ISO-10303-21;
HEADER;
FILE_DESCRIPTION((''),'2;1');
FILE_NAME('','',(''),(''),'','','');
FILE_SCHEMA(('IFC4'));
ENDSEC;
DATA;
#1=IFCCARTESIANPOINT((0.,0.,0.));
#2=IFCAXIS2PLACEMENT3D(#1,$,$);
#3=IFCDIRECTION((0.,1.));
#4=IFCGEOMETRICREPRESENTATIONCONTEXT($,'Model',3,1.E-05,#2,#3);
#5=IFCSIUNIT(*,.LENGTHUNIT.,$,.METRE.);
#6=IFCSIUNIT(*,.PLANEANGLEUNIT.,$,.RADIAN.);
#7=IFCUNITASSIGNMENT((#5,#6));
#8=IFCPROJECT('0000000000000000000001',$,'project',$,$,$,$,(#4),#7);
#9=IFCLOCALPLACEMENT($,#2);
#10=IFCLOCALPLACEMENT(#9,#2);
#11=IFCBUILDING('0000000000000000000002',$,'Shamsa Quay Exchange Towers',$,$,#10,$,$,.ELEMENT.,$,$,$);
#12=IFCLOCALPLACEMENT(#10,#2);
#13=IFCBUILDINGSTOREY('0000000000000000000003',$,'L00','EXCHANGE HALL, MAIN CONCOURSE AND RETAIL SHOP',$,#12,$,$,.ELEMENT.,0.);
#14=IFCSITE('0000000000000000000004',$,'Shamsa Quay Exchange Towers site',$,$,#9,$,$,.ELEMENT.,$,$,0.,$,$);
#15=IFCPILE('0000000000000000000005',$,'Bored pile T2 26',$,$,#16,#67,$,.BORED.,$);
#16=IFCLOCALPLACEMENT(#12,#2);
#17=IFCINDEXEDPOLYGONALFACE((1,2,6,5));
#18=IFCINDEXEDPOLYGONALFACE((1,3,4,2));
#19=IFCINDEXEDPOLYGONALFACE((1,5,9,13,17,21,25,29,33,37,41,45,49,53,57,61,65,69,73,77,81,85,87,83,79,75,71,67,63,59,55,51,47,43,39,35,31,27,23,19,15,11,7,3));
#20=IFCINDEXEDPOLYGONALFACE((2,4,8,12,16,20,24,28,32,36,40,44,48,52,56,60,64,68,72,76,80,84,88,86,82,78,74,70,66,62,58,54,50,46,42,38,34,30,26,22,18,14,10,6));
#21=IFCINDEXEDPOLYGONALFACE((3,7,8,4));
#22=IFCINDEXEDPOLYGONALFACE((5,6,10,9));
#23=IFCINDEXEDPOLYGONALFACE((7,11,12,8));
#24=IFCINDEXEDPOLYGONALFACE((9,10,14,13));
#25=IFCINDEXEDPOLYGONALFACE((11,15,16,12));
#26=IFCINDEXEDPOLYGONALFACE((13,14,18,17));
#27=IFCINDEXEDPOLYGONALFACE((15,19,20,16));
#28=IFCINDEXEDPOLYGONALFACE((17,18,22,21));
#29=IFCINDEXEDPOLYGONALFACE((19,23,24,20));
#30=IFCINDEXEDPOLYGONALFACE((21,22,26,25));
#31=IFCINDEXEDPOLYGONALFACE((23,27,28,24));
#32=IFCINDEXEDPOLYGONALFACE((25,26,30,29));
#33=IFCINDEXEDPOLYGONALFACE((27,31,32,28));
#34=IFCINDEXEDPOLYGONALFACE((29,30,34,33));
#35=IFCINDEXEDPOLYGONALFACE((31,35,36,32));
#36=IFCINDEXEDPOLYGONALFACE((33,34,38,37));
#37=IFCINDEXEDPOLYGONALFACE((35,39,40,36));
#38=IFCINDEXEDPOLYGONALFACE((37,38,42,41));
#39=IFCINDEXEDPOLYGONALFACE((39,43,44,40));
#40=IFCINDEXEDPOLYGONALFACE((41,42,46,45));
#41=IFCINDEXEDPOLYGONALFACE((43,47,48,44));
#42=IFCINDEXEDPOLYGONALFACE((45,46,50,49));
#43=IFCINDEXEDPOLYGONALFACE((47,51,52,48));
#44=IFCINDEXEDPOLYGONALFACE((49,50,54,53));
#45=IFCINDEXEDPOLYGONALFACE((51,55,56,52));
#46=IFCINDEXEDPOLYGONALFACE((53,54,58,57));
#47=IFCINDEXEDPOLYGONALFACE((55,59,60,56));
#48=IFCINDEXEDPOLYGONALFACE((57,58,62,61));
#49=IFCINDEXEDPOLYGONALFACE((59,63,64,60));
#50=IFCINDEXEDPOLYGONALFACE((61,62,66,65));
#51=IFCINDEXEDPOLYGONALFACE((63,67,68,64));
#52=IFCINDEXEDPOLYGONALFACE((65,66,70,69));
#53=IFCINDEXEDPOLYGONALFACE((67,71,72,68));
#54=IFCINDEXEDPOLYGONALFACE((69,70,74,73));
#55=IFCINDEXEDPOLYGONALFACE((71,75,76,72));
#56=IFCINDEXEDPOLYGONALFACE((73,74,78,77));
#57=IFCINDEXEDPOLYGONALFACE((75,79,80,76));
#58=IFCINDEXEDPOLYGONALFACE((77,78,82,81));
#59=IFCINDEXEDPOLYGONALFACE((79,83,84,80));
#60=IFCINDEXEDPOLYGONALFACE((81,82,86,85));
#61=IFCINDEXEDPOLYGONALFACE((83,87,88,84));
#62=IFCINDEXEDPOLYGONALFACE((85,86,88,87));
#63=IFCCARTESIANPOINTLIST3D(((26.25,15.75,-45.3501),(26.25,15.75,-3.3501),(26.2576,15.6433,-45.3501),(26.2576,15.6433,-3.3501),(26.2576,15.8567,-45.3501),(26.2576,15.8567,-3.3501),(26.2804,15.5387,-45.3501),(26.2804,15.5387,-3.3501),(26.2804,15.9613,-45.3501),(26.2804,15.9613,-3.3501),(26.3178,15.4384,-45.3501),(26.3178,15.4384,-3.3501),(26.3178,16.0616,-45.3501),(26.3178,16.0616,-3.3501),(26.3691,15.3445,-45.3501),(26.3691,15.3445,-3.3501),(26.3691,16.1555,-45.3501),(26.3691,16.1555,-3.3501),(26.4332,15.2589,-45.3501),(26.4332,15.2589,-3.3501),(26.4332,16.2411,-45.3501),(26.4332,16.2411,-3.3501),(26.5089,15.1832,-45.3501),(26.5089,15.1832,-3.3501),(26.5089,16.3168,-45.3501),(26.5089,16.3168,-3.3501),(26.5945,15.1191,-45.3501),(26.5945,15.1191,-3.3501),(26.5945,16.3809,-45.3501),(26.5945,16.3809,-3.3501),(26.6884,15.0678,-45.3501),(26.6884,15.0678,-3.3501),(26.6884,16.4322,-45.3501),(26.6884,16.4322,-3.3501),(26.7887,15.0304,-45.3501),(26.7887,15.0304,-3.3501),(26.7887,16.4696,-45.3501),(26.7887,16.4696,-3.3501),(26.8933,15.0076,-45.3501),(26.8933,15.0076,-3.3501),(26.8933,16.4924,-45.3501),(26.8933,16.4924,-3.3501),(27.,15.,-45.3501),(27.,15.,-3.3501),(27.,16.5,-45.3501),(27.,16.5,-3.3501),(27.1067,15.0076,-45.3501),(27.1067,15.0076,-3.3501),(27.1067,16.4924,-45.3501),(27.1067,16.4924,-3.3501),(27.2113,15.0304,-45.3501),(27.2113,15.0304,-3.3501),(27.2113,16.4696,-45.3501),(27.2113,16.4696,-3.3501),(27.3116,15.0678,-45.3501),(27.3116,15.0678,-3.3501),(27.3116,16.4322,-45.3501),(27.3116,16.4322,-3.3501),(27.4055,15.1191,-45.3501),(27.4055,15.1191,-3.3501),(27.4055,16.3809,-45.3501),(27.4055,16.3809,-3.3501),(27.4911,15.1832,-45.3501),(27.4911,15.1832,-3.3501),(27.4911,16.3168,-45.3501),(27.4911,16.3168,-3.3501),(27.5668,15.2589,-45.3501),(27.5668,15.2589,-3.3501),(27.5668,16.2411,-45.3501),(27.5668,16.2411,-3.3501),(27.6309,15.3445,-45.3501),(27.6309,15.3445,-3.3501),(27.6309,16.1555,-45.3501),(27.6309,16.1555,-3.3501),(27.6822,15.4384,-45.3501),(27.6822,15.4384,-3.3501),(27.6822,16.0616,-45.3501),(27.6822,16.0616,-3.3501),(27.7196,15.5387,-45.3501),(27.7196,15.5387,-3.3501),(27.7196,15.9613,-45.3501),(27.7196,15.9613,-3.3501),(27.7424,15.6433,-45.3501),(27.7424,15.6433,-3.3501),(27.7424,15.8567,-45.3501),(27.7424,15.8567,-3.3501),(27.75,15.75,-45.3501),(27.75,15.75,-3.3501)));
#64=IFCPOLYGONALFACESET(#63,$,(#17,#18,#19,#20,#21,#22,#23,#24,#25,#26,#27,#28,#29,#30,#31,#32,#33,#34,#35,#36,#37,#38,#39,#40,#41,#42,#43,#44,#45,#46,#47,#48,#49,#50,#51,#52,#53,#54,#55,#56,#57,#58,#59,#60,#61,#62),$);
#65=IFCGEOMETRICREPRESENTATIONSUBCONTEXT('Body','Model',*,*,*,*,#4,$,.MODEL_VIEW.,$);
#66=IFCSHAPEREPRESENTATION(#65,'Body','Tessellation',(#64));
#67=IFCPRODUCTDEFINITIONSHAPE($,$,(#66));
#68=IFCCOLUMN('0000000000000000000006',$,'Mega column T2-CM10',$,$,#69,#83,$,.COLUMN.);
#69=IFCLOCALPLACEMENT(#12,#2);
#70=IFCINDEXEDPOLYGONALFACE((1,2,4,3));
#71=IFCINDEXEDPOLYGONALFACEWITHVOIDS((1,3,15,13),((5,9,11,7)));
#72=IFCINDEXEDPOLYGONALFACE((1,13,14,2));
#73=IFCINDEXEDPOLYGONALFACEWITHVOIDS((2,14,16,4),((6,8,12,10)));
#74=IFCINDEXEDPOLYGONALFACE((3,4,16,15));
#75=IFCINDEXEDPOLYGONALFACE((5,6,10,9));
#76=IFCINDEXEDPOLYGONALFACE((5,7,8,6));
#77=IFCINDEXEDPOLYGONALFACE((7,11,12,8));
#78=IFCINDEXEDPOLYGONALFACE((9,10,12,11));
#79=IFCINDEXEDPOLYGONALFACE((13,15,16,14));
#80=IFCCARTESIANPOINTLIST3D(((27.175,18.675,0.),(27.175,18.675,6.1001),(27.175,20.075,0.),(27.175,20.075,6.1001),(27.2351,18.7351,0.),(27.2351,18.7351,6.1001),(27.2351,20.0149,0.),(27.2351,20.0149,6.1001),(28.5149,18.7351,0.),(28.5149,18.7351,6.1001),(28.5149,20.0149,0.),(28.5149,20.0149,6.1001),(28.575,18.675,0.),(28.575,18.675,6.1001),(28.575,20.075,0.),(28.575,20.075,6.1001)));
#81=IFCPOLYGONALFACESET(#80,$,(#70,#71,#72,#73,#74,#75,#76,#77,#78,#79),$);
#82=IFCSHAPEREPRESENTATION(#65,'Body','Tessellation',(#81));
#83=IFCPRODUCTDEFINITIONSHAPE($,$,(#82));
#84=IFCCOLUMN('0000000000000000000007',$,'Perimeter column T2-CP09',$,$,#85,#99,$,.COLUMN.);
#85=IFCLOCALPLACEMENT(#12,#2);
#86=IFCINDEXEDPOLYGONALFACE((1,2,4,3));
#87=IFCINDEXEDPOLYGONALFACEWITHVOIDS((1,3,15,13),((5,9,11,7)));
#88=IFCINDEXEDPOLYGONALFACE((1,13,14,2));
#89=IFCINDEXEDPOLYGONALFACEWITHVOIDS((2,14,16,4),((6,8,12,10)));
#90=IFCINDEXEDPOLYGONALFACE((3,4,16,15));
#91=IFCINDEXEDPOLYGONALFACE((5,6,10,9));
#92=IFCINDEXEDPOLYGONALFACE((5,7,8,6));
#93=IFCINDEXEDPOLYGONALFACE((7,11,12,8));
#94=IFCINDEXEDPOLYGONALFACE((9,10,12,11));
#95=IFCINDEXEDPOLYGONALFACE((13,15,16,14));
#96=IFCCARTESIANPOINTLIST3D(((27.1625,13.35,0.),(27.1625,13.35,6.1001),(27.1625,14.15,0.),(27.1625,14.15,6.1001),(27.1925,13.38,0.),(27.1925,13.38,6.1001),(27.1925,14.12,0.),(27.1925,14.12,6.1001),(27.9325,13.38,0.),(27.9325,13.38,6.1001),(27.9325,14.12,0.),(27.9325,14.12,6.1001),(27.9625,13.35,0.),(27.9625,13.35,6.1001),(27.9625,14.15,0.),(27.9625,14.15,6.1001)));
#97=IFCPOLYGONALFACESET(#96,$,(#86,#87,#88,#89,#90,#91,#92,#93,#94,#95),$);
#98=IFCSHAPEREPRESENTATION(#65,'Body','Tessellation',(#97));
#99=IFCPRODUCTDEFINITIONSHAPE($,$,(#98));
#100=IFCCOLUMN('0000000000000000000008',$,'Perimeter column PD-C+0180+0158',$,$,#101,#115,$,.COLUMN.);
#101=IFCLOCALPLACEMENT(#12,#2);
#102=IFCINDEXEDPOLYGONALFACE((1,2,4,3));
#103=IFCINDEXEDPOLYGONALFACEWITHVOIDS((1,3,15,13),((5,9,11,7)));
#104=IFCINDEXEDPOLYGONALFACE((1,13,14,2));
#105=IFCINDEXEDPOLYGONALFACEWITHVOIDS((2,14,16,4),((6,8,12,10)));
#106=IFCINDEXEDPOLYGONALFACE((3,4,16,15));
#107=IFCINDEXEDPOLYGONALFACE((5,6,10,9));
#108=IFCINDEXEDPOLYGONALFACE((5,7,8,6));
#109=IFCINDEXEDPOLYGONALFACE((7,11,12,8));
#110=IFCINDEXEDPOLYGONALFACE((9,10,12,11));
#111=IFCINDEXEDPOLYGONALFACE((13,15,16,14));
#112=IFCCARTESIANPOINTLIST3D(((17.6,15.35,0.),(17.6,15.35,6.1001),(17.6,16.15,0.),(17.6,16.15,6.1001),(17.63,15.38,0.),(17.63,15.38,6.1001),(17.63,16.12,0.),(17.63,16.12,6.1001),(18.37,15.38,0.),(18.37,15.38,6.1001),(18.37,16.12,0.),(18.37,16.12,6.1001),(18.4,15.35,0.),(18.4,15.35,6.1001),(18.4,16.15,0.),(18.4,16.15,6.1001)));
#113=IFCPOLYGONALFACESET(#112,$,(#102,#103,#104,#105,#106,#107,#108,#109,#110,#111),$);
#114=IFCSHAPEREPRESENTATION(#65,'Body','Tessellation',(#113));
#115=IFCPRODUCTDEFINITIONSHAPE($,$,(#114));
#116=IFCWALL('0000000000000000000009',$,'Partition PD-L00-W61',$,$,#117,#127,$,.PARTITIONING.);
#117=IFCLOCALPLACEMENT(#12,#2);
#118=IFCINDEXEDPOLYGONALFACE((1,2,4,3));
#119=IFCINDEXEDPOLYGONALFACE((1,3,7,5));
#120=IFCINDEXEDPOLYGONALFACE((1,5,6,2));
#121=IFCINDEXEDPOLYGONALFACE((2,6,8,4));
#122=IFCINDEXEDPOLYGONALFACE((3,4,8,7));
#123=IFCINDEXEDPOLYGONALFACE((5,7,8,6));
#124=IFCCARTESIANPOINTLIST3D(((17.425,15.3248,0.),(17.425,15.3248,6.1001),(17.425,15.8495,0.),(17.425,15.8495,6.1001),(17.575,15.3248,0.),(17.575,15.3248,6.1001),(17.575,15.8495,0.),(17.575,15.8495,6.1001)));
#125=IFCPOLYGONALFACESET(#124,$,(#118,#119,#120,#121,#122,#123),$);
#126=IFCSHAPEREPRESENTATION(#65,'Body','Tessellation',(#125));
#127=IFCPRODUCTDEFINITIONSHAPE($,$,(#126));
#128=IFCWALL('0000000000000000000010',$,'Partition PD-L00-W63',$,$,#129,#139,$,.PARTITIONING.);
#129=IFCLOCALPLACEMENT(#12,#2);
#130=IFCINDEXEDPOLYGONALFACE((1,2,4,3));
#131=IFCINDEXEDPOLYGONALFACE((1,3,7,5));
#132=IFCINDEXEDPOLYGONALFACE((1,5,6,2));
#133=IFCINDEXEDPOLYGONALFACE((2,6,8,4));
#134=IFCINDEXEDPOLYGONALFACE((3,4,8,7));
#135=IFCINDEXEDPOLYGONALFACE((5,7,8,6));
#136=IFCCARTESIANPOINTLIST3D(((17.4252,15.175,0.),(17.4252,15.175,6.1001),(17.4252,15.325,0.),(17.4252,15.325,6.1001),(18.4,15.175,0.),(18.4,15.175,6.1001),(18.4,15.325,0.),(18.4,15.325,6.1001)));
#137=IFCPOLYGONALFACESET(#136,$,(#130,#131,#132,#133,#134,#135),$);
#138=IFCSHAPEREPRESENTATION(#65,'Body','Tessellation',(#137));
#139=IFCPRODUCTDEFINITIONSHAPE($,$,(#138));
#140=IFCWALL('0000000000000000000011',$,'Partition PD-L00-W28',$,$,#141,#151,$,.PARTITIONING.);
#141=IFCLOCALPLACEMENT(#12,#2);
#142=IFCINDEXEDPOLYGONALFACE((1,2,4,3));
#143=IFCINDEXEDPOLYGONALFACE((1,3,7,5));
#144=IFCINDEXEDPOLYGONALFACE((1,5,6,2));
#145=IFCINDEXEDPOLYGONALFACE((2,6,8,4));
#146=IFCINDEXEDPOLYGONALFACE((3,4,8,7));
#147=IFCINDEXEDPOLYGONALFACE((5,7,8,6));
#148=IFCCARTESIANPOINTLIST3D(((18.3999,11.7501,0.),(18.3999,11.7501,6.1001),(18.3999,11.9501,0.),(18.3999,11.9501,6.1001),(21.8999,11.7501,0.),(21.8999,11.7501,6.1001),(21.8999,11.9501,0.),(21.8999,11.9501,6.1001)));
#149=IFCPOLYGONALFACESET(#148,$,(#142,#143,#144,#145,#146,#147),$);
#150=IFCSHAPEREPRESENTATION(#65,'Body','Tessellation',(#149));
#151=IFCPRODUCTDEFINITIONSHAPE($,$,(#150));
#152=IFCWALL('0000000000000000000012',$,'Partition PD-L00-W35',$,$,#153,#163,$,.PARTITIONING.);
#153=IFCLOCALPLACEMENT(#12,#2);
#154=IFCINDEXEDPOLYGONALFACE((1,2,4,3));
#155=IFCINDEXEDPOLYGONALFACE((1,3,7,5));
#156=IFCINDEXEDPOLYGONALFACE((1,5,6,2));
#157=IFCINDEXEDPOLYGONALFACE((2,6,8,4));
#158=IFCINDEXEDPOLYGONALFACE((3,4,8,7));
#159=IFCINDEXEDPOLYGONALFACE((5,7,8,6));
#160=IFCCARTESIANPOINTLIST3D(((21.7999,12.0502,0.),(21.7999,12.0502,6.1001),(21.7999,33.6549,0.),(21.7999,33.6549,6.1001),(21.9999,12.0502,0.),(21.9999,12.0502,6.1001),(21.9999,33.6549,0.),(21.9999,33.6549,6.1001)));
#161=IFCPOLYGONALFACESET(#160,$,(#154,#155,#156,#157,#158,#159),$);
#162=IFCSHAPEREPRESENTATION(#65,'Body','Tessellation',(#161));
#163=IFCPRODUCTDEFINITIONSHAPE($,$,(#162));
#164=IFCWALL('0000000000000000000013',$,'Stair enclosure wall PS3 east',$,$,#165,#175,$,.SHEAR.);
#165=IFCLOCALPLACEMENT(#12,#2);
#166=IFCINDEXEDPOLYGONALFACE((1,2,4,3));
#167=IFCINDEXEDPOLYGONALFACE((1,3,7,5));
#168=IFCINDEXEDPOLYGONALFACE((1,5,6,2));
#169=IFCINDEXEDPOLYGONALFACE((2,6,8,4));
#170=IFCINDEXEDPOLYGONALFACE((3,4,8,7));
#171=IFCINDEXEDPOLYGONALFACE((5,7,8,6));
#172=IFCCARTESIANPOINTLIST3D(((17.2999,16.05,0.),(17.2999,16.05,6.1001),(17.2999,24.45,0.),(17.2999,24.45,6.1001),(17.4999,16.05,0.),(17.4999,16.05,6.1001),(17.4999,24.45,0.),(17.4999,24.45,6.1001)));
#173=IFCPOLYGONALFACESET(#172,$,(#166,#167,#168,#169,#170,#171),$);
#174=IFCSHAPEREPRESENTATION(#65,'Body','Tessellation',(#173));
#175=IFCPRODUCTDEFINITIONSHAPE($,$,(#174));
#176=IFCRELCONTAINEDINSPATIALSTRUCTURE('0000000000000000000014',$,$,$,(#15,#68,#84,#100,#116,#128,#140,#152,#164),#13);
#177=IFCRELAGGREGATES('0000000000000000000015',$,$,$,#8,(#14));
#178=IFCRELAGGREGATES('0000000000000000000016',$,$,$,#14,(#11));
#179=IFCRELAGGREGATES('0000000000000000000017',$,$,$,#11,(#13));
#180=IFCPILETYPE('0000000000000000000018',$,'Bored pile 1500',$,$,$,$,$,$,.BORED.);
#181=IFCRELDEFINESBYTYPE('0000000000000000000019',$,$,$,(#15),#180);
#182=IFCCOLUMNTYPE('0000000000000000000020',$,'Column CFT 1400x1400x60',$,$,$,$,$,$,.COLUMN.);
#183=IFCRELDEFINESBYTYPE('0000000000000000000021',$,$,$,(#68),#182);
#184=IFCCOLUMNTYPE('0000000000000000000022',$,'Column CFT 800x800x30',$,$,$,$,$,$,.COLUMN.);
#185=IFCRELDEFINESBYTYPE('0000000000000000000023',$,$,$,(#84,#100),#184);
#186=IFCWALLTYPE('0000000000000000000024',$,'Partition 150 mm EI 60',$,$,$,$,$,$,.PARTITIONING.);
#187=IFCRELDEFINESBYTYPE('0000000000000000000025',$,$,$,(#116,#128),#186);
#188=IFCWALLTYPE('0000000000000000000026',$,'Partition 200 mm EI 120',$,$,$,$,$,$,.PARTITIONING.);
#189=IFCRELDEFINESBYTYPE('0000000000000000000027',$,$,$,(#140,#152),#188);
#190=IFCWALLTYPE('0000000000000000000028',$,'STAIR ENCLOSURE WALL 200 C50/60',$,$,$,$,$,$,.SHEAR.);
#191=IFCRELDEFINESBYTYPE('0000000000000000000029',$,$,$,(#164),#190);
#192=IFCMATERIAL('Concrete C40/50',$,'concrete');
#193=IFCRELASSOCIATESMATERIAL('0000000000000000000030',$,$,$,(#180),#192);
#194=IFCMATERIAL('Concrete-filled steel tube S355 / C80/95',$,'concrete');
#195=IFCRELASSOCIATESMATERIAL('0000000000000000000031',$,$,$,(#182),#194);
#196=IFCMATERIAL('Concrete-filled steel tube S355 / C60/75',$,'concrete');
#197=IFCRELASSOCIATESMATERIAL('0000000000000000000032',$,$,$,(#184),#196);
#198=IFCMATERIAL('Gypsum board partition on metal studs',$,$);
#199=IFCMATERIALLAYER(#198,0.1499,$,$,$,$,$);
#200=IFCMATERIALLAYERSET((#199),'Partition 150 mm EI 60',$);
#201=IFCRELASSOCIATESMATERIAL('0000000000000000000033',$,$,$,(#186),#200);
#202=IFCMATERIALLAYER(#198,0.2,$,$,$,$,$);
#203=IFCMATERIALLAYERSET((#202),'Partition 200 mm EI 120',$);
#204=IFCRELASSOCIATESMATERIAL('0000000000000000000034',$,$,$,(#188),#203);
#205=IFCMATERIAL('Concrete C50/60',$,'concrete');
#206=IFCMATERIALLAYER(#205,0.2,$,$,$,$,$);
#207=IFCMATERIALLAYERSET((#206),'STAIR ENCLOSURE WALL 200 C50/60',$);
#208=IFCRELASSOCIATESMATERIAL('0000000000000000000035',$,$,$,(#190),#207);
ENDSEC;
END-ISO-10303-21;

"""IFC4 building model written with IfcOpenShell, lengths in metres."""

from ifc_helpers import new_model, si_unit, direction, frame, frame_2d, origin, origin_2d, place, context, subcontext, project, spatial, rectangle, hollow_rectangle, circle, extrude, material, layer, layer_set, material_profile, profile_set, type_object, element, save


model = new_model("IFC4")

# Units and contexts
model_context = context("Model", 3, precision=1e-05, world=origin(), true_north=direction((0.0, 1.0)))
body_context = subcontext(model_context, "Body", "Model", "MODEL_VIEW")
ifc_project = project(units=[si_unit("LENGTHUNIT", "METRE"), si_unit("PLANEANGLEUNIT", "RADIAN")], contexts=[model_context])

# Site, building, storey
site_placement = place(None, origin())
site = spatial("IfcSite", under=ifc_project, at=site_placement, Name="Shamsa Quay Exchange Towers site", CompositionType="ELEMENT", RefElevation=0.0)
building_placement = place(site_placement, origin())
building = spatial("IfcBuilding", under=site, at=building_placement, Name="Shamsa Quay Exchange Towers", CompositionType="ELEMENT")
storey_placement = place(building_placement, origin())
storey = spatial("IfcBuildingStorey", under=building, at=storey_placement, Name="L00", Description="EXCHANGE HALL, MAIN CONCOURSE AND RETAIL SHOP", CompositionType="ELEMENT", Elevation=0.0)

# Pile
ifc_material_1 = material(Name="Concrete C40/50", Category="concrete")
ifc_material_profile_1 = material_profile(ifc_material_1, circle(Radius=0.75, at=origin_2d()), Name="BP1500")
ifc_profile_set_1 = profile_set([ifc_material_profile_1], Name="Concrete C40/50")
pile_type_1 = type_object("IfcPileType", Name="Bored pile 1500", PredefinedType="BORED", material=ifc_profile_set_1)
for number, where, z_axis, x_axis, name in (
    (1, (27.0, 15.75, -3.3501), (0.0, 0.0, -1.0), (1.0, 0.0, 0.0), "Bored pile T2 26"),
):
    element("IfcPile", number, at=place(storey_placement, frame(where, z_axis=z_axis, x_axis=x_axis)), inside=storey, type_object=pile_type_1, Name=name, PredefinedType="BORED", context=body_context, shape_type="SweptSolid", body=[
        extrude(circle(Radius=0.75, at=origin_2d()), origin(), (0.0, 0.0, 1.0), 42.0),
    ])

# Columns
ifc_material_2 = material(Name="Concrete-filled steel tube S355 / C80/95", Category="concrete")
ifc_material_profile_2 = material_profile(ifc_material_2, hollow_rectangle(XDim=1.3999, YDim=1.3999, WallThickness=0.0601, at=origin_2d()), Name="CFT 1400x1400x60")
ifc_profile_set_2 = profile_set([ifc_material_profile_2], Name="Concrete-filled steel tube S355 / C80/95")
column_type_1 = type_object("IfcColumnType", Name="Column CFT 1400x1400x60", PredefinedType="COLUMN", material=ifc_profile_set_2)
column_placement = place(storey_placement, frame((27.875, 19.375, 0.0)))
element("IfcColumn", 2, at=column_placement, inside=storey, type_object=column_type_1, Name="Mega column T2-CM10", PredefinedType="COLUMN", context=body_context, shape_type="SweptSolid", body=[
    extrude(hollow_rectangle(XDim=1.3999, YDim=1.3999, WallThickness=0.0601, at=origin_2d()), origin(), (0.0, 0.0, 1.0), 6.1001),
])
ifc_material_3 = material(Name="Concrete-filled steel tube S355 / C60/75", Category="concrete")
ifc_material_profile_3 = material_profile(ifc_material_3, hollow_rectangle(XDim=0.8, YDim=0.8, WallThickness=0.03, at=origin_2d()), Name="CFT 800x800x30")
ifc_profile_set_3 = profile_set([ifc_material_profile_3], Name="Concrete-filled steel tube S355 / C60/75")
column_type_2 = type_object("IfcColumnType", Name="Column CFT 800x800x30", PredefinedType="COLUMN", material=ifc_profile_set_3)
for number, where, name in (
    (3, (27.5625, 13.75, 0.0), "Perimeter column T2-CP09"),
    (4, (18.0, 15.75, 0.0), "Perimeter column PD-C+0180+0158"),
):
    element("IfcColumn", number, at=place(storey_placement, frame(where)), inside=storey, type_object=column_type_2, Name=name, PredefinedType="COLUMN", context=body_context, shape_type="SweptSolid", body=[
        extrude(hollow_rectangle(XDim=0.8, YDim=0.8, WallThickness=0.03, at=origin_2d()), origin(), (0.0, 0.0, 1.0), 6.1001),
    ])

# Walls
ifc_material_4 = material(Name="Gypsum board partition on metal studs")
ifc_layer_1 = layer(ifc_material_4, 0.1499)
ifc_layer_set_1 = layer_set([ifc_layer_1], Name="Partition 150 mm EI 60")
wall_type_1 = type_object("IfcWallType", Name="Partition 150 mm EI 60", PredefinedType="PARTITIONING", material=ifc_layer_set_1)
wall_1_placement = place(storey_placement, frame((17.5, 15.325, 0.0), z_axis=(0.0, 0.0, 1.0), x_axis=(0.0, 1.0, 0.0)))
element("IfcWall", 5, at=wall_1_placement, inside=storey, type_object=wall_type_1, Name="Partition PD-L00-W61", PredefinedType="PARTITIONING", context=body_context, shape_type="SweptSolid", body=[
    extrude(rectangle(XDim=0.5247, YDim=0.1499, at=frame_2d((0.2622, 0.0))), origin(), (0.0, 0.0, 1.0), 6.1001),
])
wall_2_placement = place(storey_placement, frame((18.3999, 15.25, 0.0), z_axis=(0.0, 0.0, 1.0), x_axis=(-1.0, 0.0, 0.0)))
element("IfcWall", 6, at=wall_2_placement, inside=storey, type_object=wall_type_1, Name="Partition PD-L00-W63", PredefinedType="PARTITIONING", context=body_context, shape_type="SweptSolid", body=[
    extrude(rectangle(XDim=0.9749, YDim=0.1499, at=frame_2d((0.4873, 0.0))), origin(), (0.0, 0.0, 1.0), 6.1001),
])
ifc_layer_2 = layer(ifc_material_4, 0.2)
ifc_layer_set_2 = layer_set([ifc_layer_2], Name="Partition 200 mm EI 120")
wall_type_2 = type_object("IfcWallType", Name="Partition 200 mm EI 120", PredefinedType="PARTITIONING", material=ifc_layer_set_2)
wall_3_placement = place(storey_placement, frame((18.3999, 11.8501, 0.0)))
element("IfcWall", 7, at=wall_3_placement, inside=storey, type_object=wall_type_2, Name="Partition PD-L00-W28", PredefinedType="PARTITIONING", context=body_context, shape_type="SweptSolid", body=[
    extrude(rectangle(XDim=3.5, YDim=0.2, at=frame_2d((1.75, 0.0))), origin(), (0.0, 0.0, 1.0), 6.1001),
])
wall_4_placement = place(storey_placement, frame((21.8999, 12.0503, 0.0), z_axis=(0.0, 0.0, 1.0), x_axis=(0.0, 1.0, 0.0)))
element("IfcWall", 8, at=wall_4_placement, inside=storey, type_object=wall_type_2, Name="Partition PD-L00-W35", PredefinedType="PARTITIONING", context=body_context, shape_type="SweptSolid", body=[
    extrude(rectangle(XDim=21.6047, YDim=0.2, at=frame_2d((10.8022, 0.0))), origin(), (0.0, 0.0, 1.0), 6.1001),
])
ifc_material_5 = material(Name="Concrete C50/60", Category="concrete")
ifc_layer_3 = layer(ifc_material_5, 0.2)
ifc_layer_set_3 = layer_set([ifc_layer_3], Name="STAIR ENCLOSURE WALL 200 C50/60")
wall_type_3 = type_object("IfcWallType", Name="STAIR ENCLOSURE WALL 200 C50/60", PredefinedType="SHEAR", material=ifc_layer_set_3)
wall_5_placement = place(storey_placement, frame((17.3999, 16.05, 0.0), z_axis=(0.0, 0.0, 1.0), x_axis=(0.0, 1.0, 0.0)))
element("IfcWall", 9, at=wall_5_placement, inside=storey, type_object=wall_type_3, Name="Stair enclosure wall PS3 east", PredefinedType="SHEAR", context=body_context, shape_type="SweptSolid", body=[
    extrude(rectangle(XDim=8.3999, YDim=0.2, at=frame_2d((4.2, 0.0))), origin(), (0.0, 0.0, 1.0), 6.1001),
])

save(model, "model.ifc")
